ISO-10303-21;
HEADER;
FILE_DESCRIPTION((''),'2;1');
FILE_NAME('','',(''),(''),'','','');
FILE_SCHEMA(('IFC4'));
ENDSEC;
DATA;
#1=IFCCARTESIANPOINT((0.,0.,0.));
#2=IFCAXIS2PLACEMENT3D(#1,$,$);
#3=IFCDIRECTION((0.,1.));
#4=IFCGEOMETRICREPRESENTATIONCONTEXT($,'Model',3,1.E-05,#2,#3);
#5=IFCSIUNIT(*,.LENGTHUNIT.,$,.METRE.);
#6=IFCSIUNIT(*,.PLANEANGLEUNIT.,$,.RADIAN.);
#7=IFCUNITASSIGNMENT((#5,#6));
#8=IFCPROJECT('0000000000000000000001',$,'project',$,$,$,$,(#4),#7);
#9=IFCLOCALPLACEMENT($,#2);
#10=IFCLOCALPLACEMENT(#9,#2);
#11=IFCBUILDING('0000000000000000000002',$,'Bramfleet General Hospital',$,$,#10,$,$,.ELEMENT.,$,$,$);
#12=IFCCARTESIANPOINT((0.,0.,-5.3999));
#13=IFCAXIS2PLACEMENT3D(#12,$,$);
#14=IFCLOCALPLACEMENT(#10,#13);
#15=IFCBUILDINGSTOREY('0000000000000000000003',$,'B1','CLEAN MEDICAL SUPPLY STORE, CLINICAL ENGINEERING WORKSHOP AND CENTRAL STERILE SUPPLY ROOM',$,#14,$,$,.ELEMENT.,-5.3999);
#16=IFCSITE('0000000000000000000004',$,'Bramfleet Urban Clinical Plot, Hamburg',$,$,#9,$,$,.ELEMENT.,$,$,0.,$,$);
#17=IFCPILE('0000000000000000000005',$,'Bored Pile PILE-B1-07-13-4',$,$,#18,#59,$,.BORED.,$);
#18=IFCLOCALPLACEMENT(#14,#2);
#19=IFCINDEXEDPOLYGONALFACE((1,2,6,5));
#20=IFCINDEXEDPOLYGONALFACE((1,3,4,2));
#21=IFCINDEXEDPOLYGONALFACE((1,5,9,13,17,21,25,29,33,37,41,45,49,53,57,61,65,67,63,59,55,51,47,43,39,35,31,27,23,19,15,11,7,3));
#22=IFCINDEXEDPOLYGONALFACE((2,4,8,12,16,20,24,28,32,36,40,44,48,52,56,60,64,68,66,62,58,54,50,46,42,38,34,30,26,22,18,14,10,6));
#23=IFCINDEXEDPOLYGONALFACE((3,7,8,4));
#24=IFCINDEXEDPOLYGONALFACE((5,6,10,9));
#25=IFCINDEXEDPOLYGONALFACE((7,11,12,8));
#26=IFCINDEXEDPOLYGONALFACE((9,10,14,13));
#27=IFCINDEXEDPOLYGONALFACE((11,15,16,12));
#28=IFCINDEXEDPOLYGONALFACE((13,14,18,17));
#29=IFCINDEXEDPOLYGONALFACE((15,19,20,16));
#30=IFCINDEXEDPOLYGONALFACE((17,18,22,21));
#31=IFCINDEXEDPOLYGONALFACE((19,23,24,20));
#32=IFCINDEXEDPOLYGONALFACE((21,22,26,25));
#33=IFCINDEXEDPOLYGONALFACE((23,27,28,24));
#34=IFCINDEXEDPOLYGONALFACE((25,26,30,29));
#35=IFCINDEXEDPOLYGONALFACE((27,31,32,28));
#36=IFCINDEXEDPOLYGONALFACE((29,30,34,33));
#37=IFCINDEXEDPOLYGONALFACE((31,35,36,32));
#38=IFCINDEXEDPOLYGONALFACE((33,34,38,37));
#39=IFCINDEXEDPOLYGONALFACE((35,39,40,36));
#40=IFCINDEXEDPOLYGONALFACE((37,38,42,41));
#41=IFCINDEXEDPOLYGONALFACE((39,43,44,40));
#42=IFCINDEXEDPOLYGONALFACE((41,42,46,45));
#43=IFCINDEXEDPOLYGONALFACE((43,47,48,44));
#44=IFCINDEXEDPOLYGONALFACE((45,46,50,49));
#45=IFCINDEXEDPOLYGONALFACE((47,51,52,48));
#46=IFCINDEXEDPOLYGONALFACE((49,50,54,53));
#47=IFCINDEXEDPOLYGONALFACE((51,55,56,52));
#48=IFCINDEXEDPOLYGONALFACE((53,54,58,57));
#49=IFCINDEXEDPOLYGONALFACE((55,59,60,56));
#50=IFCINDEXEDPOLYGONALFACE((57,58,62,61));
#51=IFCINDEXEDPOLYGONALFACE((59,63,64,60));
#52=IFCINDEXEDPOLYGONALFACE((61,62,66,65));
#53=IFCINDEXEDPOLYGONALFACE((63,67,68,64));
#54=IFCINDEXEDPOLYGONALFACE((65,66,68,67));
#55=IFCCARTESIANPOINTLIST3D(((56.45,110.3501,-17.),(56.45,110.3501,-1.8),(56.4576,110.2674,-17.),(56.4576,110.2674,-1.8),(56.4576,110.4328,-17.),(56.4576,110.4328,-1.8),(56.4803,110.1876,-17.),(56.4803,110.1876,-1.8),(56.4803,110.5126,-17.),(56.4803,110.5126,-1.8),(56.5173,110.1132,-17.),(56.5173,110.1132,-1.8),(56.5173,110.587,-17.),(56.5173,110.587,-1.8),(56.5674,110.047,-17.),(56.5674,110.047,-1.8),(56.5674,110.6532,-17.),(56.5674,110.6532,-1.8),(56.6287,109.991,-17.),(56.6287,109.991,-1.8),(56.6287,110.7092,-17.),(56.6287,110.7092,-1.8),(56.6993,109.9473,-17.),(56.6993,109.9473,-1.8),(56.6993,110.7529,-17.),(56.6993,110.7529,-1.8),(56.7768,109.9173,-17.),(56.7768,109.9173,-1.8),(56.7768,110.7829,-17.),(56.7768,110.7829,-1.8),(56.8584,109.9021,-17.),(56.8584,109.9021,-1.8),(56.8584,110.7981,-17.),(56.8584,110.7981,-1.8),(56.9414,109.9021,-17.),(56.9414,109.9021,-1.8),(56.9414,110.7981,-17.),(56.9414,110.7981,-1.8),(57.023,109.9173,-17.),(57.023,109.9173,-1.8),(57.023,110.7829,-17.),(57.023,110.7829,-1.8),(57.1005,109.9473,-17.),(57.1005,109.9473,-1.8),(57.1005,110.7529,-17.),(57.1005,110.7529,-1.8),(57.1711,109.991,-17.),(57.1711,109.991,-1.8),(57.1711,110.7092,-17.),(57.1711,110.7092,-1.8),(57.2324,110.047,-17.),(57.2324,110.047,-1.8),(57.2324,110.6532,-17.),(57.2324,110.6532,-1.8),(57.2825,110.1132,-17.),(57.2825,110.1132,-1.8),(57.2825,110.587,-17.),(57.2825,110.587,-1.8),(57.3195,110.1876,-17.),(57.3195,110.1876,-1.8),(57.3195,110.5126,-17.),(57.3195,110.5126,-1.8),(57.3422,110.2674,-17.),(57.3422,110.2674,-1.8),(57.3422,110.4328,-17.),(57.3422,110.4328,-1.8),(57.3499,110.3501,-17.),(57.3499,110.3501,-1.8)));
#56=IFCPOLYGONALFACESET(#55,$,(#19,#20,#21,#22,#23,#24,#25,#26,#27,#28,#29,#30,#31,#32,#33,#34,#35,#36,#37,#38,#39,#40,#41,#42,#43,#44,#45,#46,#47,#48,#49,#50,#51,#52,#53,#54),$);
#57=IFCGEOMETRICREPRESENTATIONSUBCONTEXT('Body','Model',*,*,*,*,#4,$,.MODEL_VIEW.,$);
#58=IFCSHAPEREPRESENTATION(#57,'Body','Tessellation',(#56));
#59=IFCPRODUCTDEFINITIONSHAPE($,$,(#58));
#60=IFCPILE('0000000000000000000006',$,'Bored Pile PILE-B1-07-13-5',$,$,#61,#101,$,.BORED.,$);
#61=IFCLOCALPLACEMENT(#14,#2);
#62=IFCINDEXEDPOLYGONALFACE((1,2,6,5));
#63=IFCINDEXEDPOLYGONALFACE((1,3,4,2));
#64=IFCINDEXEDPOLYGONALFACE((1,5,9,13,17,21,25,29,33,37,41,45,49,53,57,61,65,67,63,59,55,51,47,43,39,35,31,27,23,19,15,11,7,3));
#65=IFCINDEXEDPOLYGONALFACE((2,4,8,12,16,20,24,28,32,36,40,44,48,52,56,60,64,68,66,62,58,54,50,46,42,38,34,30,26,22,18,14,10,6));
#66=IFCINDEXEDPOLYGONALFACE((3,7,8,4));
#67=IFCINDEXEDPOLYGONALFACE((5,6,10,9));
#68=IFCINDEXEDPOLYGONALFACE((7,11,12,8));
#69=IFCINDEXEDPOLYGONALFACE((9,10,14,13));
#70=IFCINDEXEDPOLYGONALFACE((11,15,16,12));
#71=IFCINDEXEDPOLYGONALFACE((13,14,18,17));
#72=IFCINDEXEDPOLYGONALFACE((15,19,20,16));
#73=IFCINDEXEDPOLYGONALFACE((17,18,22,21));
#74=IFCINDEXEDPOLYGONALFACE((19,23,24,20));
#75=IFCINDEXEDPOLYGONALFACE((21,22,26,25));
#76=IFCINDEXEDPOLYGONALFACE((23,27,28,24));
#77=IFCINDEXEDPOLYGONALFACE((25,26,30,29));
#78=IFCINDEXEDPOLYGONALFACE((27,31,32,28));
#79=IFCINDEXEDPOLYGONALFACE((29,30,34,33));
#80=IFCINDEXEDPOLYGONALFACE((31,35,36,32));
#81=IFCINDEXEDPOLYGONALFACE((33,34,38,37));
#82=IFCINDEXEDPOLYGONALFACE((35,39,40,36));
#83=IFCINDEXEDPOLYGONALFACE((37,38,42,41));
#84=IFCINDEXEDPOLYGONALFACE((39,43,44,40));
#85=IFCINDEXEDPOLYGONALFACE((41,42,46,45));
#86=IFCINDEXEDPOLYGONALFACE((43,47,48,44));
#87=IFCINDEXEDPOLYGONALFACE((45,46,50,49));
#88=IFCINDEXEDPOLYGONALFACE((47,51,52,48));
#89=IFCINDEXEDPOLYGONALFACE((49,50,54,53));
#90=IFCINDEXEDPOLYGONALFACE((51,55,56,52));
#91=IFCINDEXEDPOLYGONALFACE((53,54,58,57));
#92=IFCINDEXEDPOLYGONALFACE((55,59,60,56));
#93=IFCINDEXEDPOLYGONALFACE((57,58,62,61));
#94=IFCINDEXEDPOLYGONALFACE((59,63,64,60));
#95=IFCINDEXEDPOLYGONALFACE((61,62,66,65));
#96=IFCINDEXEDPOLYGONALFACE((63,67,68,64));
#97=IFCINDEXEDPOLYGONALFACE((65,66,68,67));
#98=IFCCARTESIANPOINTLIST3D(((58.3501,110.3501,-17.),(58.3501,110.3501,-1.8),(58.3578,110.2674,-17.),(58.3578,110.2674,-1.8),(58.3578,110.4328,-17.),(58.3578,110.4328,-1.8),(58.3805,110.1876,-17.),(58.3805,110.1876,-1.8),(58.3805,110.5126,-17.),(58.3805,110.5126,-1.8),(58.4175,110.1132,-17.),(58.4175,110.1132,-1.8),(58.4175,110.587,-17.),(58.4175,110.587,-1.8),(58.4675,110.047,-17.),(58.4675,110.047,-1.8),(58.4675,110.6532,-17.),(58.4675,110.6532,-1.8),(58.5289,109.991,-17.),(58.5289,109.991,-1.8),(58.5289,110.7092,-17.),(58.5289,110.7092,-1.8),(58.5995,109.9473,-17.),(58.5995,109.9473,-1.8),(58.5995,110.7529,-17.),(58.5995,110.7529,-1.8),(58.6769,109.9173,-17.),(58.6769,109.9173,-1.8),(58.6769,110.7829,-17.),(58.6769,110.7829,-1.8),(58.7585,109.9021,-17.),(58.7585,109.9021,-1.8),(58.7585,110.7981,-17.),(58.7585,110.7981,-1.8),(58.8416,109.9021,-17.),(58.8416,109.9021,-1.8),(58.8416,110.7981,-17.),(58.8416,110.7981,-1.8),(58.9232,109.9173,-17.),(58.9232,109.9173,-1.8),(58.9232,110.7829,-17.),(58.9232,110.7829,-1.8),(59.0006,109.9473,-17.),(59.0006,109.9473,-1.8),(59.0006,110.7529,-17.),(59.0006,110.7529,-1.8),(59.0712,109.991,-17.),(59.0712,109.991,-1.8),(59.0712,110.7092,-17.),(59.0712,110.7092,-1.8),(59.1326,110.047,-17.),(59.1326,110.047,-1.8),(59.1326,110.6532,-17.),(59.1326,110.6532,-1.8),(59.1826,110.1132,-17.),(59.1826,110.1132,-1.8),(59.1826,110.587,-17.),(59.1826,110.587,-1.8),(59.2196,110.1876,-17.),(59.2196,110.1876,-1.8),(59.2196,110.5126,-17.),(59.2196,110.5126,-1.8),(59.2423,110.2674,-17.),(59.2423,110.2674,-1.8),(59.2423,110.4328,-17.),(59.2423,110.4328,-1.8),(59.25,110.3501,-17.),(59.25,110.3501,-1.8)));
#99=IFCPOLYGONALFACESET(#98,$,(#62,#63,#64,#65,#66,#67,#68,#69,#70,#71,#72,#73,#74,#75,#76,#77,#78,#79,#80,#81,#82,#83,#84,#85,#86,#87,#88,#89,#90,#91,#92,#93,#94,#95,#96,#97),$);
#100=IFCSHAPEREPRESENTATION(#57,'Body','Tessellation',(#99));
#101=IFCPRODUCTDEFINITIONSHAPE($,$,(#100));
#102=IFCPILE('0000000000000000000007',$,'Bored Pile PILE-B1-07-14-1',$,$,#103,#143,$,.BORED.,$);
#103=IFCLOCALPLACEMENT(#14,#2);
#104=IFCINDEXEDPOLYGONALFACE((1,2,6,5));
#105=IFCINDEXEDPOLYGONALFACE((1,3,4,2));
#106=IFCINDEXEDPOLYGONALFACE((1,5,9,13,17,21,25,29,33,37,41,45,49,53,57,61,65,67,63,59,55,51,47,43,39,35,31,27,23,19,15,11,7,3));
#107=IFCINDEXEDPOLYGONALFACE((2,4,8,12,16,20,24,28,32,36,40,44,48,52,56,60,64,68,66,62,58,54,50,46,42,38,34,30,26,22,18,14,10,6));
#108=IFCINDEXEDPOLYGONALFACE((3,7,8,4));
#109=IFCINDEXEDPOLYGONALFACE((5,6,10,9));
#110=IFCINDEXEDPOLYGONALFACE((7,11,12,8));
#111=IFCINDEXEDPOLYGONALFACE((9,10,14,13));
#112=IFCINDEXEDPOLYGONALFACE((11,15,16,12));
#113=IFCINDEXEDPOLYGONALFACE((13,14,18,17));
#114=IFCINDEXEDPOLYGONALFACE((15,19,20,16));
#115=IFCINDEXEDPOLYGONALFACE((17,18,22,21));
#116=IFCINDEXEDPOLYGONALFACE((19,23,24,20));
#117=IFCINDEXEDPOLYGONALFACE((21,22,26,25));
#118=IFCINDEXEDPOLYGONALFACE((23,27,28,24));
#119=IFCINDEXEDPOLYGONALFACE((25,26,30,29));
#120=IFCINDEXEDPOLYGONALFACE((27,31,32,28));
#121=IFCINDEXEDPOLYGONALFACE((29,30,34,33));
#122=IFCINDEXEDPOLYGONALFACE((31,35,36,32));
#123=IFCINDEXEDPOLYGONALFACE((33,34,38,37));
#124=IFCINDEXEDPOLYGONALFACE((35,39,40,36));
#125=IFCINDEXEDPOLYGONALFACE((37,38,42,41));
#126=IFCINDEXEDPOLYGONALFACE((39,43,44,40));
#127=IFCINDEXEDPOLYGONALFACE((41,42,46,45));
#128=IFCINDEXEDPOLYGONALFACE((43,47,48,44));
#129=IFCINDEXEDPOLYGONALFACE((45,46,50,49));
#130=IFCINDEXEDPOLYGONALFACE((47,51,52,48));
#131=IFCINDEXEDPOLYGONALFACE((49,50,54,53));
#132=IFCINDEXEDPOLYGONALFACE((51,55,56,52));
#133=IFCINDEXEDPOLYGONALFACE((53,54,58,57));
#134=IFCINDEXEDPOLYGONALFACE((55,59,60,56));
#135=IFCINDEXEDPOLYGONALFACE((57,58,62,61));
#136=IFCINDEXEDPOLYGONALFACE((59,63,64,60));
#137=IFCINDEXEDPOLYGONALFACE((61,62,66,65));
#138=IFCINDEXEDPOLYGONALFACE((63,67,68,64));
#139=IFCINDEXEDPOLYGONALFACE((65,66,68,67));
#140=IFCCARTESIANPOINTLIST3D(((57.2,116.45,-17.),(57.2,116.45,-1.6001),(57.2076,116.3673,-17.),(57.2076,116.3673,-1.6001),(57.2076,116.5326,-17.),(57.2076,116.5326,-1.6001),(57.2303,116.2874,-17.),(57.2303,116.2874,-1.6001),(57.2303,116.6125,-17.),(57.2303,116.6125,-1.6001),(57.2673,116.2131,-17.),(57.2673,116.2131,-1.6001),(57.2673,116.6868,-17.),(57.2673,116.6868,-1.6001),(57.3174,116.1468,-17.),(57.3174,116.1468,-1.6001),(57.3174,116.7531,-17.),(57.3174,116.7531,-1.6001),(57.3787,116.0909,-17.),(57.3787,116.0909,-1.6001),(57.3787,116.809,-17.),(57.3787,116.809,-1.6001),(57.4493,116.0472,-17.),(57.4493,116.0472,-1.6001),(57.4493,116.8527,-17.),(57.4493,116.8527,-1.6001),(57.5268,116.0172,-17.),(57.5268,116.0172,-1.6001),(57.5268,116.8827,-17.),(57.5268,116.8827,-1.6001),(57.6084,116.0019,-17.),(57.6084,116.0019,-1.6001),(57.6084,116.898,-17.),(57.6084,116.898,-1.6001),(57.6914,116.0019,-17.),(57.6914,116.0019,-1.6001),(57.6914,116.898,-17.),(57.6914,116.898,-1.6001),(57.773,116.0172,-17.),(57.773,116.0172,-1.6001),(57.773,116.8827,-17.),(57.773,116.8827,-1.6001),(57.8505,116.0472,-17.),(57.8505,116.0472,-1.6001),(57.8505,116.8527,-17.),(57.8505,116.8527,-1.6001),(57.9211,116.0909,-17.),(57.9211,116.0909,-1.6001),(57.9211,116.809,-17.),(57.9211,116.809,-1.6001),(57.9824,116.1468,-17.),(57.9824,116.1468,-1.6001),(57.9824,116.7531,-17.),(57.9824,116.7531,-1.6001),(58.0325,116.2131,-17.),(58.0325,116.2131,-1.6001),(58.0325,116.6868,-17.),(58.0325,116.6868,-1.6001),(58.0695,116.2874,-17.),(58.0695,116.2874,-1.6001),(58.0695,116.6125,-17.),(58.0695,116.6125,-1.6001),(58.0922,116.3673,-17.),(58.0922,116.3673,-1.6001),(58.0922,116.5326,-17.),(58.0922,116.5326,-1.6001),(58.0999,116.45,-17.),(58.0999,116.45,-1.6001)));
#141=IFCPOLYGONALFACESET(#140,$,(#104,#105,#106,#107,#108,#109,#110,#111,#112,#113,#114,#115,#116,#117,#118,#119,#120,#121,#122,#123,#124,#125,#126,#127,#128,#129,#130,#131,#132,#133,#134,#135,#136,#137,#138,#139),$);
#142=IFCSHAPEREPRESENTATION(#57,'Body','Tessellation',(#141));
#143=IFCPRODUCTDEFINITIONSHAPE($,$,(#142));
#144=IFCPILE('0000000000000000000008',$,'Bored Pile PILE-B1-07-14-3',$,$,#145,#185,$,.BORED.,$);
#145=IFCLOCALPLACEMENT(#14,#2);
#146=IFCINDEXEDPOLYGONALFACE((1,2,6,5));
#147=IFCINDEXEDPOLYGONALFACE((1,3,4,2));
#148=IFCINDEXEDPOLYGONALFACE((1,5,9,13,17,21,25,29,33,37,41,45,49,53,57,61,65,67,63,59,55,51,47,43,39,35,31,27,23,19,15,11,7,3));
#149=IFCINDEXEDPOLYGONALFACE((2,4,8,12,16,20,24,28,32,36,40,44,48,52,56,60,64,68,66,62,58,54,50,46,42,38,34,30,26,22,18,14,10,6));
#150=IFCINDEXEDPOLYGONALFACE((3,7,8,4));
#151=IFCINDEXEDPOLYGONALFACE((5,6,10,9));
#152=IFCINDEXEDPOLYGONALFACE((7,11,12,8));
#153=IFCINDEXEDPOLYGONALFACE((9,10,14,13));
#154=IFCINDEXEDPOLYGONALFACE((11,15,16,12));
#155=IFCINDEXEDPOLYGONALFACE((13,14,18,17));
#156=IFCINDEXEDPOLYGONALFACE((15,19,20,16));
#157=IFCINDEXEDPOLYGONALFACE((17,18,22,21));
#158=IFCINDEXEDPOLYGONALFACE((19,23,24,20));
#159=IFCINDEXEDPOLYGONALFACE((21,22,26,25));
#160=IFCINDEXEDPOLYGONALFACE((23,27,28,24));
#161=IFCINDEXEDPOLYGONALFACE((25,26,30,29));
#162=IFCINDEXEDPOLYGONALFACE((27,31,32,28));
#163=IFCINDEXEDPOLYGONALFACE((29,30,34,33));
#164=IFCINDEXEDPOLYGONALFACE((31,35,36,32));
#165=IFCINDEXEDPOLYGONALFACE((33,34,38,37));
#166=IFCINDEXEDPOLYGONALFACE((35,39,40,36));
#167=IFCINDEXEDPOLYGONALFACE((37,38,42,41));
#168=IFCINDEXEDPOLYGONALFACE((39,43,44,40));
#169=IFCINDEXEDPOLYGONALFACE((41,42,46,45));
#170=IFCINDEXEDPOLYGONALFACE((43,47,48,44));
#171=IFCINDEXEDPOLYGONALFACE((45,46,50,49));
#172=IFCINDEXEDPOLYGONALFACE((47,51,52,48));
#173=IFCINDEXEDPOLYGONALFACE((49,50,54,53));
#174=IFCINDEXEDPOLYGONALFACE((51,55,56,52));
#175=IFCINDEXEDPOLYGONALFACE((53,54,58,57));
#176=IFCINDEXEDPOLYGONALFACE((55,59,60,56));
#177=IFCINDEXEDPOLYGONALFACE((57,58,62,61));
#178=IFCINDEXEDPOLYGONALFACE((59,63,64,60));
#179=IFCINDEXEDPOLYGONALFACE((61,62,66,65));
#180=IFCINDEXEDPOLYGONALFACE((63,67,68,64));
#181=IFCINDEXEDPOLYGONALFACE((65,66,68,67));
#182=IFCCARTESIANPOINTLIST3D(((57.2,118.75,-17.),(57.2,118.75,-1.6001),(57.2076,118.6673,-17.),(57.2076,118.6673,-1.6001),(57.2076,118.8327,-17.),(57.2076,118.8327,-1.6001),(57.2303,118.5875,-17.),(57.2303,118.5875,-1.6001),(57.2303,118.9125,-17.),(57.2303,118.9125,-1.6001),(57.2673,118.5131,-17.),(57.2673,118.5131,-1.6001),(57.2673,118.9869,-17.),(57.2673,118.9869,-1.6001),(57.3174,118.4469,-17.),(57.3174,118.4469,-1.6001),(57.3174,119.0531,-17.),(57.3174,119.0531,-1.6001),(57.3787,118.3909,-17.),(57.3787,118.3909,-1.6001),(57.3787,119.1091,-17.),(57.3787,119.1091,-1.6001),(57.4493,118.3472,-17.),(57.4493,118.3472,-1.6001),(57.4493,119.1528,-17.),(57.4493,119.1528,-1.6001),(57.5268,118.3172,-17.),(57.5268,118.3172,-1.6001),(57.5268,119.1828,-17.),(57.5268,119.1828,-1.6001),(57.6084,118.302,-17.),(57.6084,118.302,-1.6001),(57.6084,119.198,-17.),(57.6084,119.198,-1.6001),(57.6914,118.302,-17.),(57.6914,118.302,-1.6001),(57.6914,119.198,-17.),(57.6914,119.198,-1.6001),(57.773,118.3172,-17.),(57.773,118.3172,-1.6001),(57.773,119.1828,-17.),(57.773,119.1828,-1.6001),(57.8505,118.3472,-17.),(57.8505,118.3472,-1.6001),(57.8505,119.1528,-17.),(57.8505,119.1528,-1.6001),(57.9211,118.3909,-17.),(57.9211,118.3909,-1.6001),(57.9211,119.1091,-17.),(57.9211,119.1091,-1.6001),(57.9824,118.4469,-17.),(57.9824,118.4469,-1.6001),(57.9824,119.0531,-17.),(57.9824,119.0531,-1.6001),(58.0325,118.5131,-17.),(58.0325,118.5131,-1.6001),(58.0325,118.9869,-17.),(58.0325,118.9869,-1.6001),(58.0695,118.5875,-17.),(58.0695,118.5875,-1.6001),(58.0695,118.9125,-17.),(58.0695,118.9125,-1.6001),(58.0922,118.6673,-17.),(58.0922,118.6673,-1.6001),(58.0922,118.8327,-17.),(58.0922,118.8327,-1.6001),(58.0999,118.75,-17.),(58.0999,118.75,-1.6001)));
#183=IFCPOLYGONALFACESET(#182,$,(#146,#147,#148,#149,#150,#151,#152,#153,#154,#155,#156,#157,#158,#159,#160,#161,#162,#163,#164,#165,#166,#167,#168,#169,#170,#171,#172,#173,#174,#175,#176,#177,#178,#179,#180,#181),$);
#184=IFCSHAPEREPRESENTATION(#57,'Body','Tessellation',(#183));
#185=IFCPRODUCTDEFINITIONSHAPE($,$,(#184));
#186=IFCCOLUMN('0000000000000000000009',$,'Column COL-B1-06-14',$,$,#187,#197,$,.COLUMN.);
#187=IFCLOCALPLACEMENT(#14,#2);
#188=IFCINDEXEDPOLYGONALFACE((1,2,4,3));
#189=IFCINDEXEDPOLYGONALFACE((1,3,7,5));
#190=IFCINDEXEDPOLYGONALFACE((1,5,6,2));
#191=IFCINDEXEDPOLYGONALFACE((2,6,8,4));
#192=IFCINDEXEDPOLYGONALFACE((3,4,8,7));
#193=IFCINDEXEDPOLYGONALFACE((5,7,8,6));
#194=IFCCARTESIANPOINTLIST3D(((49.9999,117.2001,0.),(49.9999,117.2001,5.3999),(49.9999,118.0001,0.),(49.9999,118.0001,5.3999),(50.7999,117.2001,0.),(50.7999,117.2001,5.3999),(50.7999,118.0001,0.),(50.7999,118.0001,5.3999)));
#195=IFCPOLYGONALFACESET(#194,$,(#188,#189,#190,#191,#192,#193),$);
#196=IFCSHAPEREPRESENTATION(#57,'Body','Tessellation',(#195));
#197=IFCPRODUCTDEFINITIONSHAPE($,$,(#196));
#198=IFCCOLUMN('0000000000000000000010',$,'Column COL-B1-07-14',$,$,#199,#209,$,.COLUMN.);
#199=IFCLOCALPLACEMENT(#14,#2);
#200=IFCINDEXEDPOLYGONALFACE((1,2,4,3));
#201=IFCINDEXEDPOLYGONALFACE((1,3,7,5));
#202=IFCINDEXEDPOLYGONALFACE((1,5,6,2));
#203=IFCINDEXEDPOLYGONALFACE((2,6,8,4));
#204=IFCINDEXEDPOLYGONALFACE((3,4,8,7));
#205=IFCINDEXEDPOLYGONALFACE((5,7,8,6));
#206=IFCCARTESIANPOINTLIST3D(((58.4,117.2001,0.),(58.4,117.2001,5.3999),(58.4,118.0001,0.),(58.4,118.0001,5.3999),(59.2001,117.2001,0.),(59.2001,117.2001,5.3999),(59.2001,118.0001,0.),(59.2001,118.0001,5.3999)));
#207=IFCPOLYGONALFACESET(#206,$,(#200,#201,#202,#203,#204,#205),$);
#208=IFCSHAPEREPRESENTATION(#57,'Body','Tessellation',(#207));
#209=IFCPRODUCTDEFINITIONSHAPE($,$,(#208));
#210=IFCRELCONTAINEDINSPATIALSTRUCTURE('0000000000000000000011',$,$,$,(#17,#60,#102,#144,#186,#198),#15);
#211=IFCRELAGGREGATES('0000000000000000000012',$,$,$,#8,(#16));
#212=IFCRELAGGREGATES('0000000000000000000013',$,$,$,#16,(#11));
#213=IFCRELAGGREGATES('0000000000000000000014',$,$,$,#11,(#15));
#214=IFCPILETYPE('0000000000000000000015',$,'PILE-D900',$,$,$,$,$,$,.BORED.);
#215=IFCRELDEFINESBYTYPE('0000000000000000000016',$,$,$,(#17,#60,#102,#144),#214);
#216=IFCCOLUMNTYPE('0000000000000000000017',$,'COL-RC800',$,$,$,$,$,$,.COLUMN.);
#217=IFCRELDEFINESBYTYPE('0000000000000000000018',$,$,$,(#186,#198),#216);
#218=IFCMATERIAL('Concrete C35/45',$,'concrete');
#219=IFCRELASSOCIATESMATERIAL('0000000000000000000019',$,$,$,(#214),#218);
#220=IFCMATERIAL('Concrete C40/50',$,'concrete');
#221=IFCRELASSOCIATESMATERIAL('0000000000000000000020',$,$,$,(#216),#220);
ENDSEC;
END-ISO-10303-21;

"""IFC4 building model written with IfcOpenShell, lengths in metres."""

from ifc_helpers import new_model, si_unit, direction, frame, origin, origin_2d, place, context, subcontext, project, spatial, rectangle, circle, extrude, material, material_profile, profile_set, type_object, element, save


model = new_model("IFC4")

# Units and contexts
model_context = context("Model", 3, precision=1e-05, world=origin(), true_north=direction((0.0, 1.0)))
body_context = subcontext(model_context, "Body", "Model", "MODEL_VIEW")
ifc_project = project(units=[si_unit("LENGTHUNIT", "METRE"), si_unit("PLANEANGLEUNIT", "RADIAN")], contexts=[model_context])

# Site, building, storey
site_placement = place(None, origin())
site = spatial("IfcSite", under=ifc_project, at=site_placement, Name="Bramfleet Urban Clinical Plot, Hamburg", CompositionType="ELEMENT", RefElevation=0.0)
building_placement = place(site_placement, origin())
building = spatial("IfcBuilding", under=site, at=building_placement, Name="Bramfleet General Hospital", CompositionType="ELEMENT")
storey_placement = place(building_placement, frame((0.0, 0.0, -5.3999)))
storey = spatial("IfcBuildingStorey", under=building, at=storey_placement, Name="B1", Description="CLEAN MEDICAL SUPPLY STORE, CLINICAL ENGINEERING WORKSHOP AND CENTRAL STERILE SUPPLY ROOM", CompositionType="ELEMENT", Elevation=-5.3999)

# Shared definitions
ifc_material_1 = material(Name="Concrete C35/45", Category="concrete")

# Piles
ifc_material_profile_1 = material_profile(ifc_material_1, circle(Radius=0.45, at=origin_2d()), Name="PILE BORED D900")
ifc_profile_set_1 = profile_set([ifc_material_profile_1], Name="Concrete C35/45")
pile_type = type_object("IfcPileType", Name="PILE-D900", PredefinedType="BORED", material=ifc_profile_set_1)
for number, where, z_axis, x_axis, name in (
    (1, (56.8999, 110.3501, -1.8), (0.0, 0.0, -1.0), (1.0, 0.0, 0.0), "Bored Pile PILE-B1-07-13-4"),
    (2, (58.8, 110.3501, -1.8), (0.0, 0.0, -1.0), (1.0, 0.0, 0.0), "Bored Pile PILE-B1-07-13-5"),
):
    element("IfcPile", number, at=place(storey_placement, frame(where, z_axis=z_axis, x_axis=x_axis)), inside=storey, type_object=pile_type, Name=name, PredefinedType="BORED", context=body_context, shape_type="SweptSolid", body=[
        extrude(circle(Radius=0.45, at=origin_2d()), origin(), (0.0, 0.0, 1.0), 15.2),
    ])
for number, where, z_axis, x_axis, name in (
    (3, (57.6499, 116.45, -1.6001), (0.0, 0.0, -1.0), (1.0, 0.0, 0.0), "Bored Pile PILE-B1-07-14-1"),
    (4, (57.6499, 118.75, -1.6001), (0.0, 0.0, -1.0), (1.0, 0.0, 0.0), "Bored Pile PILE-B1-07-14-3"),
):
    element("IfcPile", number, at=place(storey_placement, frame(where, z_axis=z_axis, x_axis=x_axis)), inside=storey, type_object=pile_type, Name=name, PredefinedType="BORED", context=body_context, shape_type="SweptSolid", body=[
        extrude(circle(Radius=0.45, at=origin_2d()), origin(), (0.0, 0.0, 1.0), 15.3999),
    ])

# Columns
ifc_material_2 = material(Name="Concrete C40/50", Category="concrete")
ifc_material_profile_2 = material_profile(ifc_material_2, rectangle(XDim=0.8, YDim=0.8, at=origin_2d()), Name="RC COL 800x800")
ifc_profile_set_2 = profile_set([ifc_material_profile_2], Name="Concrete C40/50")
column_type = type_object("IfcColumnType", Name="COL-RC800", PredefinedType="COLUMN", material=ifc_profile_set_2)
for number, where, z_axis, x_axis, name in (
    (5, (50.3999, 117.6001, 0.0), (0.0, 0.0, 1.0), (1.0, 0.0, 0.0), "Column COL-B1-06-14"),
    (6, (58.8, 117.6001, 0.0), (0.0, 0.0, 1.0), (1.0, 0.0, 0.0), "Column COL-B1-07-14"),
):
    element("IfcColumn", number, at=place(storey_placement, frame(where, z_axis=z_axis, x_axis=x_axis)), inside=storey, type_object=column_type, Name=name, PredefinedType="COLUMN", context=body_context, shape_type="SweptSolid", body=[
        extrude(rectangle(XDim=0.8, YDim=0.8, at=origin_2d()), origin(), (0.0, 0.0, 1.0), 5.3999),
    ])

save(model, "model.ifc")
